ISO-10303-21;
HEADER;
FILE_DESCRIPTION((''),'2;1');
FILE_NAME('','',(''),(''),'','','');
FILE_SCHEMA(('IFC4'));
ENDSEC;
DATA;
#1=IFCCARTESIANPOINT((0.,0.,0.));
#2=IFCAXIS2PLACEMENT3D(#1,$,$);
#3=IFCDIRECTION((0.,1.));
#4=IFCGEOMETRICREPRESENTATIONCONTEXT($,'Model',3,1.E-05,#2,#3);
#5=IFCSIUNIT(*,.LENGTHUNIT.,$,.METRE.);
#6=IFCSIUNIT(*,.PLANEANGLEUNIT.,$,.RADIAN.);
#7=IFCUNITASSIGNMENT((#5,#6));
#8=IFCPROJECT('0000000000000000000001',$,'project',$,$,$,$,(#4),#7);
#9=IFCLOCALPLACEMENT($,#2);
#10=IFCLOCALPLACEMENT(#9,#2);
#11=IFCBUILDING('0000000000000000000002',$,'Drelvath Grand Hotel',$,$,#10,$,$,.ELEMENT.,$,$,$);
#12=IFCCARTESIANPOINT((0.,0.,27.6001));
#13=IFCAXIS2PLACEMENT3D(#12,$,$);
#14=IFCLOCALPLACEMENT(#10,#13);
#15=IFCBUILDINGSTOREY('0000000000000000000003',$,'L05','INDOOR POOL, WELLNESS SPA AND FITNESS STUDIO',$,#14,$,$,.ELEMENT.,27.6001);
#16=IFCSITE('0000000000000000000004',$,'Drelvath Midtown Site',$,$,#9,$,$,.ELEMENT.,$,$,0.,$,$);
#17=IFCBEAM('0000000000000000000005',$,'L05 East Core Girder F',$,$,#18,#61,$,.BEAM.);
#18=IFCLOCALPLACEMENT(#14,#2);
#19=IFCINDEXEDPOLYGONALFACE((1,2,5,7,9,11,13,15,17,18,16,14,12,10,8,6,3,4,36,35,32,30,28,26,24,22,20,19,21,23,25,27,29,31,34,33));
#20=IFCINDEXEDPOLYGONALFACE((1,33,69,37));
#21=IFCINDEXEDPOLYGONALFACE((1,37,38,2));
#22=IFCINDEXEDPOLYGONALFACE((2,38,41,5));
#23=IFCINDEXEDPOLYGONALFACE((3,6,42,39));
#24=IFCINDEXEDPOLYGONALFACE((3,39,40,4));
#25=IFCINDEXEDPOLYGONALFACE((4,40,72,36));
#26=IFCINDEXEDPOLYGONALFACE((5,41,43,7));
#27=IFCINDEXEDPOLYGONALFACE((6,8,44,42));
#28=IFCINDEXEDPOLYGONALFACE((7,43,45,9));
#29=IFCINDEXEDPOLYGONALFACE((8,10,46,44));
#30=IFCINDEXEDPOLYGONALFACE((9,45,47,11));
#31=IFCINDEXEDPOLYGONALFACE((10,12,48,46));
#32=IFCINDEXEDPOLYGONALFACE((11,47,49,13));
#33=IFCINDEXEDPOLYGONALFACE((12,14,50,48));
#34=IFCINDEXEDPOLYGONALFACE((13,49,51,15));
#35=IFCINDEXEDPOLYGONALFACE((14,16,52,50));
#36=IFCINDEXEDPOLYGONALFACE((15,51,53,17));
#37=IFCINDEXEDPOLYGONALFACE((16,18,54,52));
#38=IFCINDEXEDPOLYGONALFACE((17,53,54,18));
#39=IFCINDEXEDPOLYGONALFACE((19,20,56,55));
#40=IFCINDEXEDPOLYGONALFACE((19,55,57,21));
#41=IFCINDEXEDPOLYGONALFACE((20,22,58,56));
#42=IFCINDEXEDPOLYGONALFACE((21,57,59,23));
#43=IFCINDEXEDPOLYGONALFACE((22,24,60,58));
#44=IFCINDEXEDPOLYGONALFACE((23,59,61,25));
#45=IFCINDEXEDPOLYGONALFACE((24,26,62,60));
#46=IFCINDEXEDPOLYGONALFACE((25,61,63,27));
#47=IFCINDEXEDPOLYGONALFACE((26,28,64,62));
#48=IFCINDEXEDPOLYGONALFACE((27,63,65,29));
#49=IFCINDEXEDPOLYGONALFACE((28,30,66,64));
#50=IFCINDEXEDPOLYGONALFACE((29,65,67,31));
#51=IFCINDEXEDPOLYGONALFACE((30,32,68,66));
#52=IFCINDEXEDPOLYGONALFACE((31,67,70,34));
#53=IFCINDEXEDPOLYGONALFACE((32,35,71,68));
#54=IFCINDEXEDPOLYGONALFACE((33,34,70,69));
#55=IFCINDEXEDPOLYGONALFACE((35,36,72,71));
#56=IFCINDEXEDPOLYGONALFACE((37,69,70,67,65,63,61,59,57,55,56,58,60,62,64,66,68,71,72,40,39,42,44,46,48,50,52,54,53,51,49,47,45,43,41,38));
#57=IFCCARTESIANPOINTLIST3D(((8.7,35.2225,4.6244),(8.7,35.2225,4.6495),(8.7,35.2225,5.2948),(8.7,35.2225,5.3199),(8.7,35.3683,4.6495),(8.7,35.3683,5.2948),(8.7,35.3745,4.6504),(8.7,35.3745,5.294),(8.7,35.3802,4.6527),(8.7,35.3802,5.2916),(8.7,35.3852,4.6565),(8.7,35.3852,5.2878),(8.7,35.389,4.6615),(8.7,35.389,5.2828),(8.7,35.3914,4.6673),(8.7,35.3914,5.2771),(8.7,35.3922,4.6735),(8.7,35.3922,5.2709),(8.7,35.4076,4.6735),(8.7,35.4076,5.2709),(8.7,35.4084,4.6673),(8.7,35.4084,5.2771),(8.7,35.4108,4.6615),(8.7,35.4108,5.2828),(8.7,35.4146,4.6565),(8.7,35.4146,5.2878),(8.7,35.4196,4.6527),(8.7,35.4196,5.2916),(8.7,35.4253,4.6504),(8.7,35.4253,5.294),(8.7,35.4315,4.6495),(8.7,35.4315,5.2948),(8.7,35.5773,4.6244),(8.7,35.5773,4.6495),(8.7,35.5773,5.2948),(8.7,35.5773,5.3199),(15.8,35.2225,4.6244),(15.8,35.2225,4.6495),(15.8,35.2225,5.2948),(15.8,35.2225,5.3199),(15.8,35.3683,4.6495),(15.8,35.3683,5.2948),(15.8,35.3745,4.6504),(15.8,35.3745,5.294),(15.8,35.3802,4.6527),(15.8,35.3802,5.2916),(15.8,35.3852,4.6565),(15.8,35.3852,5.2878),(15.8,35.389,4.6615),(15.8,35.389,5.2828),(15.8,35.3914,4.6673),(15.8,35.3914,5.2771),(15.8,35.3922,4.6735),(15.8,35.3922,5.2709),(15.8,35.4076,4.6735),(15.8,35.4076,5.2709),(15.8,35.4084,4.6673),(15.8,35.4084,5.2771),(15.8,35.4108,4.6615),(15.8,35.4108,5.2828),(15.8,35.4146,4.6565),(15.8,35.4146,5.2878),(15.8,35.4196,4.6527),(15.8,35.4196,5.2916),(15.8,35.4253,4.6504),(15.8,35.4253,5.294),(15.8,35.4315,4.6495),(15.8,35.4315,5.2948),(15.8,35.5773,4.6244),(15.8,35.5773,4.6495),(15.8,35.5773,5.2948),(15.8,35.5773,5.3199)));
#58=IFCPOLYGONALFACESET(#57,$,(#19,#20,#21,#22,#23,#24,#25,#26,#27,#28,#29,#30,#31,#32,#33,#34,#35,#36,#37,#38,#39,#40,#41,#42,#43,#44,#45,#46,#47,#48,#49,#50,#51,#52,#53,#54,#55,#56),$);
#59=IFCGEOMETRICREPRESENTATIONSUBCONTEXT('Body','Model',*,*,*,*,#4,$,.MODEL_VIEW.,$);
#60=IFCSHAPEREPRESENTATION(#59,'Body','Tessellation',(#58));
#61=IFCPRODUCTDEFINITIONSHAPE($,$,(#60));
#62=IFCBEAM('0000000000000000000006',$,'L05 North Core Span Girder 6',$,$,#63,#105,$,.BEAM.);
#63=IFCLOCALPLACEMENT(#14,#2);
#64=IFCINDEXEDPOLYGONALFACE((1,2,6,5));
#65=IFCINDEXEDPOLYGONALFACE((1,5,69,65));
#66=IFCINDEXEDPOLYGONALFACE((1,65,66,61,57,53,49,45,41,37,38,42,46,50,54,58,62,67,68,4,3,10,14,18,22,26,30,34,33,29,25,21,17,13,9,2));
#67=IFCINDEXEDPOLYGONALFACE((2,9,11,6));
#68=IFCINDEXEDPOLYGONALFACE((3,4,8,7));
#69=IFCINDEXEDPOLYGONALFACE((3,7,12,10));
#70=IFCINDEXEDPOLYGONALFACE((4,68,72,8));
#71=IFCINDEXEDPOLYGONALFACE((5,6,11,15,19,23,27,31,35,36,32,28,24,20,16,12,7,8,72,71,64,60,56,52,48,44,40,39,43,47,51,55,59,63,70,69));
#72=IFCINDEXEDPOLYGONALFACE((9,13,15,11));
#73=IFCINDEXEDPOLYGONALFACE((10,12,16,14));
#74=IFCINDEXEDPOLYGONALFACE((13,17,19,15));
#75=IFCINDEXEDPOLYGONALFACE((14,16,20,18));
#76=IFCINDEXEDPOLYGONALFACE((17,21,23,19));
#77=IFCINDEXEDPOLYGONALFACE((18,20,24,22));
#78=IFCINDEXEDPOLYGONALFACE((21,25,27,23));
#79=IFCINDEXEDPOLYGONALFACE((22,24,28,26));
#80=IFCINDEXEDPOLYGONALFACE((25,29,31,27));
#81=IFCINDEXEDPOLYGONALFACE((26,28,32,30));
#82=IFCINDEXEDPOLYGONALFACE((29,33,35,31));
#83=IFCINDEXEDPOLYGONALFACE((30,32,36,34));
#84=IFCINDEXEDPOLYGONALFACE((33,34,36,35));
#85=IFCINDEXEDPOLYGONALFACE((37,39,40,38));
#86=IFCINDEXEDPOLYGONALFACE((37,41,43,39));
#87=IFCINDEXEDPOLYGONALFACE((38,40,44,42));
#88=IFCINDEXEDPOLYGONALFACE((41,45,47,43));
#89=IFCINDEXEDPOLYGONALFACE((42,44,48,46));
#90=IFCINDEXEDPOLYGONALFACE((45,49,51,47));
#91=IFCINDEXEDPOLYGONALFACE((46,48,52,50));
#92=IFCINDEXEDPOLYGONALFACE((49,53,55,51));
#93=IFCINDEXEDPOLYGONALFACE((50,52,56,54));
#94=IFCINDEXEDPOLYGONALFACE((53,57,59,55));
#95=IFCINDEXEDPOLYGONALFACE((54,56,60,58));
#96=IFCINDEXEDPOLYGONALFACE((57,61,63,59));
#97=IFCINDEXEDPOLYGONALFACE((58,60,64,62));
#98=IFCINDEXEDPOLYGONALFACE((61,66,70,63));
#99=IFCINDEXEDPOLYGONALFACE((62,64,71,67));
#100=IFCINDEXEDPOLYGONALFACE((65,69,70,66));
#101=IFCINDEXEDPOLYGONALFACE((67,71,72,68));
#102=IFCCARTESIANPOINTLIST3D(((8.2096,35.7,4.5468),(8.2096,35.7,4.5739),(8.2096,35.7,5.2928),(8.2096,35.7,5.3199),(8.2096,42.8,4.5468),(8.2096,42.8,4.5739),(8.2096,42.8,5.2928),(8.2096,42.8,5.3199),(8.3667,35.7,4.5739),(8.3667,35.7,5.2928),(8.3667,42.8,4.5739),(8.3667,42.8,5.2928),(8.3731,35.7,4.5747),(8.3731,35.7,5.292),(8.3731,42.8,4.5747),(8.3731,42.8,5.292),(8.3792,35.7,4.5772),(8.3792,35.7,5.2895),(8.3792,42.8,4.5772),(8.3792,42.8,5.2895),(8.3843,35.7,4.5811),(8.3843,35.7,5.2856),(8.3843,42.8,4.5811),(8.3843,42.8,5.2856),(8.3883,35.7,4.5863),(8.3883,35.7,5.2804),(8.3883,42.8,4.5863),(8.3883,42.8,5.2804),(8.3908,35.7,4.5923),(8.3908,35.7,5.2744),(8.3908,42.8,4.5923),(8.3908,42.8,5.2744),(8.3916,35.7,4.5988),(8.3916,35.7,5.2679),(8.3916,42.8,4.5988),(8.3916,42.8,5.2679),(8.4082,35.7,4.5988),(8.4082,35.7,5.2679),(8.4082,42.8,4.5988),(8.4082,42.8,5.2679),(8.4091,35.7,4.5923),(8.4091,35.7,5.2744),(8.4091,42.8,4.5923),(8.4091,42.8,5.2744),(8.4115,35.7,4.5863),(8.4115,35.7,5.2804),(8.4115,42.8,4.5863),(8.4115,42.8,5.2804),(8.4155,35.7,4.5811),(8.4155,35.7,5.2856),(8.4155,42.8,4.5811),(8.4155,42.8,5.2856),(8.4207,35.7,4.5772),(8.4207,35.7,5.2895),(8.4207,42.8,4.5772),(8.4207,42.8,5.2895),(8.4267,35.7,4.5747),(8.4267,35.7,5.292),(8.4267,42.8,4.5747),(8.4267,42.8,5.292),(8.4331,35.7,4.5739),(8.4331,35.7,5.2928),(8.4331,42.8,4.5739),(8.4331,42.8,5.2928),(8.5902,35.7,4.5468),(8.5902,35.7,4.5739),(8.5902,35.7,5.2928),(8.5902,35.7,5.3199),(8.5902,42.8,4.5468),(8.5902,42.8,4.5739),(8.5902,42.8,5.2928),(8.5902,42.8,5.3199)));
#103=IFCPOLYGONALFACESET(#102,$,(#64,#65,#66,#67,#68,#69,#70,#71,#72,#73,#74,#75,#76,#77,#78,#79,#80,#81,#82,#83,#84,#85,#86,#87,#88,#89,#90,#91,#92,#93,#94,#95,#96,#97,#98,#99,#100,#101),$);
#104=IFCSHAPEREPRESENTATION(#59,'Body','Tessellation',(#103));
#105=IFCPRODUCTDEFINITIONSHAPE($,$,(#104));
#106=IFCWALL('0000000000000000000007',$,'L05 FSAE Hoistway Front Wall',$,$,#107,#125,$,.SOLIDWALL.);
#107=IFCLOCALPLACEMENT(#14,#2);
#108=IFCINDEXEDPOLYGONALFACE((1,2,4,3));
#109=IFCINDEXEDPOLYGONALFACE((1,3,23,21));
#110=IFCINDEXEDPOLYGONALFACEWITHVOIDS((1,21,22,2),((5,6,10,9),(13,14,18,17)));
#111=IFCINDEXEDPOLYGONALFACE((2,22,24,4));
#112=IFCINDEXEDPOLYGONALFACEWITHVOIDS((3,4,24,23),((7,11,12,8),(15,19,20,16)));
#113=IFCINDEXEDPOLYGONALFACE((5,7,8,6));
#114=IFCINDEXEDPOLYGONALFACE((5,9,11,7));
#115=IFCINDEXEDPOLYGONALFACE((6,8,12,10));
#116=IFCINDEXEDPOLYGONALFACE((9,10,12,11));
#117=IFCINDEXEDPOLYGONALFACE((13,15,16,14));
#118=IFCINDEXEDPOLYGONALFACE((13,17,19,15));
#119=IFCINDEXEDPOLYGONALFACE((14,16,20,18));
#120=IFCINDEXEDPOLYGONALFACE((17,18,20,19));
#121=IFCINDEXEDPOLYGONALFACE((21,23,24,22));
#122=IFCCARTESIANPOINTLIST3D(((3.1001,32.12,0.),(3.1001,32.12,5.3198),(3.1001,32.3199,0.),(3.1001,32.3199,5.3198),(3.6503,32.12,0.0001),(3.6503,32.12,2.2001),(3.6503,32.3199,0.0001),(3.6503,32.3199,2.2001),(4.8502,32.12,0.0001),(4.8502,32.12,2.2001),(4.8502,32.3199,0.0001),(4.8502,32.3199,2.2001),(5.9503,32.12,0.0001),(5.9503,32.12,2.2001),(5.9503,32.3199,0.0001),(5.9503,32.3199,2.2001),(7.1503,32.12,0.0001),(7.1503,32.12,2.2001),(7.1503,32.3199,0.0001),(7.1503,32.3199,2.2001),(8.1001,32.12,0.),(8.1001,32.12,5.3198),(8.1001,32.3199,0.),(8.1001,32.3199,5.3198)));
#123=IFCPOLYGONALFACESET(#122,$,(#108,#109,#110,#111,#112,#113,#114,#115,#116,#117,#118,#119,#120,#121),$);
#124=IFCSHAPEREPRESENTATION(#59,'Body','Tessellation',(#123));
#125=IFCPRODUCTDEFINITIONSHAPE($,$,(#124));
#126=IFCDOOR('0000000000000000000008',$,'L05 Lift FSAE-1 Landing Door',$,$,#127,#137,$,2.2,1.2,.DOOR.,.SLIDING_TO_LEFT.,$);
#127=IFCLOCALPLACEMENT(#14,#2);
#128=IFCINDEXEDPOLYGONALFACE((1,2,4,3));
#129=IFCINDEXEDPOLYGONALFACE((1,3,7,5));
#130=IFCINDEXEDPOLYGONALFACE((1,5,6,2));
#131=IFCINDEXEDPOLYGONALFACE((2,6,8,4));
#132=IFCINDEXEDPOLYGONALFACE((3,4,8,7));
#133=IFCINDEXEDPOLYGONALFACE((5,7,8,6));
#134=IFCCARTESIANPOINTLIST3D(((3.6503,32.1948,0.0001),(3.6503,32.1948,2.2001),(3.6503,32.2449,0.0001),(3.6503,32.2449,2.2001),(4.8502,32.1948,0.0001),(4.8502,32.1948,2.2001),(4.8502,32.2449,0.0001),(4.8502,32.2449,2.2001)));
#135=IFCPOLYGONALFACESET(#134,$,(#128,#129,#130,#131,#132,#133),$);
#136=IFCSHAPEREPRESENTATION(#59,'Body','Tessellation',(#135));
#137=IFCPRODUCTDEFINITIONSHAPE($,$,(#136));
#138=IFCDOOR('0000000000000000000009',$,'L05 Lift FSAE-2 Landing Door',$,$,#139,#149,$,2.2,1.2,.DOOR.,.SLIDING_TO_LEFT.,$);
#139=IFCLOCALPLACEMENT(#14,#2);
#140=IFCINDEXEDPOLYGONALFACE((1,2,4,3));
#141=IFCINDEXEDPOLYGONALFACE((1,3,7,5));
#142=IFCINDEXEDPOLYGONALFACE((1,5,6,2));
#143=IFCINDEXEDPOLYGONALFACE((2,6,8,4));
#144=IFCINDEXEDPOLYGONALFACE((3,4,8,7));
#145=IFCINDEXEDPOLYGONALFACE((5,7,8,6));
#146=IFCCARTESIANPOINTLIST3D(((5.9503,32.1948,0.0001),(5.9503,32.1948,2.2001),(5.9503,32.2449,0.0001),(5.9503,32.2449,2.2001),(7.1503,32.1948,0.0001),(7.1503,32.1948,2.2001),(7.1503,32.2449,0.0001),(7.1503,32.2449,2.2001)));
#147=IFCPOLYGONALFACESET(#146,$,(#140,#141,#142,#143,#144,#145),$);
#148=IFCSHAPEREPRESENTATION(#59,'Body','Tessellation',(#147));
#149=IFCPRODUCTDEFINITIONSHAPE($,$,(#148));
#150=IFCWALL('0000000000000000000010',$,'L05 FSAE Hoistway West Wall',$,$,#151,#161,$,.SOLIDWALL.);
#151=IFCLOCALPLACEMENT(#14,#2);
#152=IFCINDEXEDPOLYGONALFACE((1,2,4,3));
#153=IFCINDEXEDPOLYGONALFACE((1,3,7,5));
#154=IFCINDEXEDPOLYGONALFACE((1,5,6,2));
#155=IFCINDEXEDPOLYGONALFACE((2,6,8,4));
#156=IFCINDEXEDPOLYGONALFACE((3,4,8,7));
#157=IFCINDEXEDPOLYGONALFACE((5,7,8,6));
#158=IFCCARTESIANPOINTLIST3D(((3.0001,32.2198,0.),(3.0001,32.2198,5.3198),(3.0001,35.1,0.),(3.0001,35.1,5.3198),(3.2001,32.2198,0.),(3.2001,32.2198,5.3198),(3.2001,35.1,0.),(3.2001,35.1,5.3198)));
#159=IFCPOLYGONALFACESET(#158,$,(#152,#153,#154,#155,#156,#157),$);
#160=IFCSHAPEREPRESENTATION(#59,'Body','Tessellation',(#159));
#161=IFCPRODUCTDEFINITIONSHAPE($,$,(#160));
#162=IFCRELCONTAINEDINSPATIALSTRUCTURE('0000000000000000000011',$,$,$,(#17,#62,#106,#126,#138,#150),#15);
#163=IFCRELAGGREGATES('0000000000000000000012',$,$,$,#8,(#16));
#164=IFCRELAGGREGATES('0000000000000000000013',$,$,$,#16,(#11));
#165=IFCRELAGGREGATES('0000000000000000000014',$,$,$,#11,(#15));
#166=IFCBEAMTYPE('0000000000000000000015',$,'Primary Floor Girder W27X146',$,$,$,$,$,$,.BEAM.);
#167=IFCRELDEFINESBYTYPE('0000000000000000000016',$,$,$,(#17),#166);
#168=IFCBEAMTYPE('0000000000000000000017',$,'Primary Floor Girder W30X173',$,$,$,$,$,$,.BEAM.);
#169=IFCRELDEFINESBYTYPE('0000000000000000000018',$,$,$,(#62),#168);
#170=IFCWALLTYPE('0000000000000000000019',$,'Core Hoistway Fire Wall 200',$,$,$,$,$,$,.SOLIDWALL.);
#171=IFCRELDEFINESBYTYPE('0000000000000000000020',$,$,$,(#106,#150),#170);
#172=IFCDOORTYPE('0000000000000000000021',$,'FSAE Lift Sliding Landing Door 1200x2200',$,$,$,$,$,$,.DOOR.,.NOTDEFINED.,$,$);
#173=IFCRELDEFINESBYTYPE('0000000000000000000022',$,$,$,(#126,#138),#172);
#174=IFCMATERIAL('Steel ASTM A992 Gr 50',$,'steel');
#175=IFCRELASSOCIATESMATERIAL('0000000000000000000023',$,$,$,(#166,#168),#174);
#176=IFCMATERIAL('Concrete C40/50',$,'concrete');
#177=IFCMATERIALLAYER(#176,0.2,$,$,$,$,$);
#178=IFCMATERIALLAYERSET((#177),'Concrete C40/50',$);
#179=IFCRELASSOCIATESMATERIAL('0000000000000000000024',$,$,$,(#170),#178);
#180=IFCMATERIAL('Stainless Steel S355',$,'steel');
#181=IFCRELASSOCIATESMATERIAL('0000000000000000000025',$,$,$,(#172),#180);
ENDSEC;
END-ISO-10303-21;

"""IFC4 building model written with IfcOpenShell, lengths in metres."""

from ifc_helpers import new_model, si_unit, direction, frame, frame_2d, origin, origin_2d, place, context, subcontext, project, spatial, rectangle, i_section, extrude, material, layer, layer_set, material_profile, profile_set, type_object, element, fill, save


model = new_model("IFC4")

# Units and contexts
model_context = context("Model", 3, precision=1e-05, world=origin(), true_north=direction((0.0, 1.0)))
body_context = subcontext(model_context, "Body", "Model", "MODEL_VIEW")
ifc_project = project(units=[si_unit("LENGTHUNIT", "METRE"), si_unit("PLANEANGLEUNIT", "RADIAN")], contexts=[model_context])

# Site, building, storey
site_placement = place(None, origin())
site = spatial("IfcSite", under=ifc_project, at=site_placement, Name="Drelvath Midtown Site", CompositionType="ELEMENT", RefElevation=0.0)
building_placement = place(site_placement, origin())
building = spatial("IfcBuilding", under=site, at=building_placement, Name="Drelvath Grand Hotel", CompositionType="ELEMENT")
storey_placement = place(building_placement, frame((0.0, 0.0, 27.6001)))
storey = spatial("IfcBuildingStorey", under=building, at=storey_placement, Name="L05", Description="INDOOR POOL, WELLNESS SPA AND FITNESS STUDIO", CompositionType="ELEMENT", Elevation=27.6001)

# Beams
ifc_material_1 = material(Name="Steel ASTM A992 Gr 50", Category="steel")
ifc_material_profile_1 = material_profile(ifc_material_1, i_section(OverallWidth=0.3547, OverallDepth=0.6956, WebThickness=0.0154, FlangeThickness=0.0251, FilletRadius=0.0239, at=origin_2d()), Name="W27X146")
ifc_profile_set_1 = profile_set([ifc_material_profile_1], Name="Steel ASTM A992 Gr 50")
beam_type_1 = type_object("IfcBeamType", Name="Primary Floor Girder W27X146", PredefinedType="BEAM", material=ifc_profile_set_1)
for number, where, z_axis, x_axis, name in (
    (1, (8.7, 35.3999, 4.9722), (1.0, 0.0, 0.0), (0.0, 1.0, 0.0), "L05 East Core Girder F"),
):
    element("IfcBeam", number, at=place(storey_placement, frame(where, z_axis=z_axis, x_axis=x_axis)), inside=storey, type_object=beam_type_1, Name=name, PredefinedType="BEAM", context=body_context, shape_type="SweptSolid", body=[
        extrude(i_section(OverallWidth=0.3547, OverallDepth=0.6956, WebThickness=0.0154, FlangeThickness=0.0251, FilletRadius=0.0239, at=origin_2d()), origin(), (0.0, 0.0, 1.0), 7.1001),
    ])
ifc_material_profile_2 = material_profile(ifc_material_1, i_section(OverallWidth=0.3806, OverallDepth=0.7732, WebThickness=0.0166, FlangeThickness=0.0271, FilletRadius=0.0249, at=origin_2d()), Name="W30X173")
ifc_profile_set_2 = profile_set([ifc_material_profile_2], Name="Steel ASTM A992 Gr 50")
beam_type_2 = type_object("IfcBeamType", Name="Primary Floor Girder W30X173", PredefinedType="BEAM", material=ifc_profile_set_2)
beam_1_placement = place(storey_placement, frame((8.3999, 35.7, 4.9333), z_axis=(0.0, 1.0, 0.0), x_axis=(-1.0, 0.0, 0.0)))
element("IfcBeam", 2, at=beam_1_placement, inside=storey, type_object=beam_type_2, Name="L05 North Core Span Girder 6", PredefinedType="BEAM", context=body_context, shape_type="SweptSolid", body=[
    extrude(i_section(OverallWidth=0.3806, OverallDepth=0.7732, WebThickness=0.0166, FlangeThickness=0.0271, FilletRadius=0.0249, at=origin_2d()), origin(), (0.0, 0.0, 1.0), 7.1001),
])

# Wall, openings, doors
ifc_material_2 = material(Name="Concrete C40/50", Category="concrete")
ifc_layer_1 = layer(ifc_material_2, 0.2)
ifc_layer_set_1 = layer_set([ifc_layer_1], Name="Concrete C40/50")
wall_type_1 = type_object("IfcWallType", Name="Core Hoistway Fire Wall 200", PredefinedType="SOLIDWALL", material=ifc_layer_set_1)
wall_1_placement = place(storey_placement, frame((3.1001, 32.22, 0.0), z_axis=(0.0, 0.0, 1.0), x_axis=(1.0, 0.0, 0.0)))
wall_1 = element("IfcWall", 3, at=wall_1_placement, inside=storey, type_object=wall_type_1, Name="L05 FSAE Hoistway Front Wall", PredefinedType="SOLIDWALL", context=body_context, shape_type="SweptSolid", body=[
    extrude(rectangle(XDim=5.0, YDim=0.2, at=frame_2d((2.5, 0.0))), origin(), (0.0, 0.0, 1.0), 5.3198),
])
opening_1_placement = place(wall_1_placement, frame((0.55, 0.0, 0.0)))
opening_1 = element("IfcOpeningElement", 4, at=opening_1_placement, cuts=wall_1, PredefinedType="OPENING", context=body_context, shape_type="SweptSolid", body=[
    extrude(rectangle(XDim=1.2, YDim=2.2, at=frame_2d((0.6001, 1.1001))), frame((0.0, 0.1099, 0.0), z_axis=(0.0, -1.0, 0.0), x_axis=(1.0, 0.0, 0.0)), (0.0, 0.0, 1.0), 0.22),
])
opening_2_placement = place(wall_1_placement, frame((2.8501, 0.0, 0.0)))
opening_2 = element("IfcOpeningElement", 5, at=opening_2_placement, cuts=wall_1, PredefinedType="OPENING", context=body_context, shape_type="SweptSolid", body=[
    extrude(rectangle(XDim=1.2, YDim=2.2, at=frame_2d((0.6001, 1.1001))), frame((0.0, 0.1099, 0.0), z_axis=(0.0, -1.0, 0.0), x_axis=(1.0, 0.0, 0.0)), (0.0, 0.0, 1.0), 0.22),
])
ifc_material_3 = material(Name="Stainless Steel S355", Category="steel")
door_type_1 = type_object("IfcDoorType", Name="FSAE Lift Sliding Landing Door 1200x2200", OperationType="NOTDEFINED", PredefinedType="DOOR", material=ifc_material_3)
door_1_placement = place(opening_1_placement, origin())
door_1 = element("IfcDoor", 6, at=door_1_placement, inside=storey, type_object=door_type_1, Name="L05 Lift FSAE-1 Landing Door", OperationType="SLIDING_TO_LEFT", OverallHeight=2.2, OverallWidth=1.2, PredefinedType="DOOR", context=body_context, shape_type="SweptSolid", body=[
    extrude(rectangle(XDim=1.2, YDim=2.2, at=frame_2d((0.6001, 1.1001))), frame((0.0, 0.0249, 0.0), z_axis=(0.0, -1.0, 0.0), x_axis=(1.0, 0.0, 0.0)), (0.0, 0.0, 1.0), 0.05),
])
fill(opening_1, door_1)
door_2_placement = place(opening_2_placement, origin())
door_2 = element("IfcDoor", 7, at=door_2_placement, inside=storey, type_object=door_type_1, Name="L05 Lift FSAE-2 Landing Door", OperationType="SLIDING_TO_LEFT", OverallHeight=2.2, OverallWidth=1.2, PredefinedType="DOOR", context=body_context, shape_type="SweptSolid", body=[
    extrude(rectangle(XDim=1.2, YDim=2.2, at=frame_2d((0.6001, 1.1001))), frame((0.0, 0.0249, 0.0), z_axis=(0.0, -1.0, 0.0), x_axis=(1.0, 0.0, 0.0)), (0.0, 0.0, 1.0), 0.05),
])
fill(opening_2, door_2)

# Wall
wall_2_placement = place(storey_placement, frame((3.1001, 32.22, 0.0), z_axis=(0.0, 0.0, 1.0), x_axis=(0.0, 1.0, 0.0)))
element("IfcWall", 8, at=wall_2_placement, inside=storey, type_object=wall_type_1, Name="L05 FSAE Hoistway West Wall", PredefinedType="SOLIDWALL", context=body_context, shape_type="SweptSolid", body=[
    extrude(rectangle(XDim=2.8801, YDim=0.2, at=frame_2d((1.4399, 0.0))), origin(), (0.0, 0.0, 1.0), 5.3198),
])

save(model, "model.ifc")
